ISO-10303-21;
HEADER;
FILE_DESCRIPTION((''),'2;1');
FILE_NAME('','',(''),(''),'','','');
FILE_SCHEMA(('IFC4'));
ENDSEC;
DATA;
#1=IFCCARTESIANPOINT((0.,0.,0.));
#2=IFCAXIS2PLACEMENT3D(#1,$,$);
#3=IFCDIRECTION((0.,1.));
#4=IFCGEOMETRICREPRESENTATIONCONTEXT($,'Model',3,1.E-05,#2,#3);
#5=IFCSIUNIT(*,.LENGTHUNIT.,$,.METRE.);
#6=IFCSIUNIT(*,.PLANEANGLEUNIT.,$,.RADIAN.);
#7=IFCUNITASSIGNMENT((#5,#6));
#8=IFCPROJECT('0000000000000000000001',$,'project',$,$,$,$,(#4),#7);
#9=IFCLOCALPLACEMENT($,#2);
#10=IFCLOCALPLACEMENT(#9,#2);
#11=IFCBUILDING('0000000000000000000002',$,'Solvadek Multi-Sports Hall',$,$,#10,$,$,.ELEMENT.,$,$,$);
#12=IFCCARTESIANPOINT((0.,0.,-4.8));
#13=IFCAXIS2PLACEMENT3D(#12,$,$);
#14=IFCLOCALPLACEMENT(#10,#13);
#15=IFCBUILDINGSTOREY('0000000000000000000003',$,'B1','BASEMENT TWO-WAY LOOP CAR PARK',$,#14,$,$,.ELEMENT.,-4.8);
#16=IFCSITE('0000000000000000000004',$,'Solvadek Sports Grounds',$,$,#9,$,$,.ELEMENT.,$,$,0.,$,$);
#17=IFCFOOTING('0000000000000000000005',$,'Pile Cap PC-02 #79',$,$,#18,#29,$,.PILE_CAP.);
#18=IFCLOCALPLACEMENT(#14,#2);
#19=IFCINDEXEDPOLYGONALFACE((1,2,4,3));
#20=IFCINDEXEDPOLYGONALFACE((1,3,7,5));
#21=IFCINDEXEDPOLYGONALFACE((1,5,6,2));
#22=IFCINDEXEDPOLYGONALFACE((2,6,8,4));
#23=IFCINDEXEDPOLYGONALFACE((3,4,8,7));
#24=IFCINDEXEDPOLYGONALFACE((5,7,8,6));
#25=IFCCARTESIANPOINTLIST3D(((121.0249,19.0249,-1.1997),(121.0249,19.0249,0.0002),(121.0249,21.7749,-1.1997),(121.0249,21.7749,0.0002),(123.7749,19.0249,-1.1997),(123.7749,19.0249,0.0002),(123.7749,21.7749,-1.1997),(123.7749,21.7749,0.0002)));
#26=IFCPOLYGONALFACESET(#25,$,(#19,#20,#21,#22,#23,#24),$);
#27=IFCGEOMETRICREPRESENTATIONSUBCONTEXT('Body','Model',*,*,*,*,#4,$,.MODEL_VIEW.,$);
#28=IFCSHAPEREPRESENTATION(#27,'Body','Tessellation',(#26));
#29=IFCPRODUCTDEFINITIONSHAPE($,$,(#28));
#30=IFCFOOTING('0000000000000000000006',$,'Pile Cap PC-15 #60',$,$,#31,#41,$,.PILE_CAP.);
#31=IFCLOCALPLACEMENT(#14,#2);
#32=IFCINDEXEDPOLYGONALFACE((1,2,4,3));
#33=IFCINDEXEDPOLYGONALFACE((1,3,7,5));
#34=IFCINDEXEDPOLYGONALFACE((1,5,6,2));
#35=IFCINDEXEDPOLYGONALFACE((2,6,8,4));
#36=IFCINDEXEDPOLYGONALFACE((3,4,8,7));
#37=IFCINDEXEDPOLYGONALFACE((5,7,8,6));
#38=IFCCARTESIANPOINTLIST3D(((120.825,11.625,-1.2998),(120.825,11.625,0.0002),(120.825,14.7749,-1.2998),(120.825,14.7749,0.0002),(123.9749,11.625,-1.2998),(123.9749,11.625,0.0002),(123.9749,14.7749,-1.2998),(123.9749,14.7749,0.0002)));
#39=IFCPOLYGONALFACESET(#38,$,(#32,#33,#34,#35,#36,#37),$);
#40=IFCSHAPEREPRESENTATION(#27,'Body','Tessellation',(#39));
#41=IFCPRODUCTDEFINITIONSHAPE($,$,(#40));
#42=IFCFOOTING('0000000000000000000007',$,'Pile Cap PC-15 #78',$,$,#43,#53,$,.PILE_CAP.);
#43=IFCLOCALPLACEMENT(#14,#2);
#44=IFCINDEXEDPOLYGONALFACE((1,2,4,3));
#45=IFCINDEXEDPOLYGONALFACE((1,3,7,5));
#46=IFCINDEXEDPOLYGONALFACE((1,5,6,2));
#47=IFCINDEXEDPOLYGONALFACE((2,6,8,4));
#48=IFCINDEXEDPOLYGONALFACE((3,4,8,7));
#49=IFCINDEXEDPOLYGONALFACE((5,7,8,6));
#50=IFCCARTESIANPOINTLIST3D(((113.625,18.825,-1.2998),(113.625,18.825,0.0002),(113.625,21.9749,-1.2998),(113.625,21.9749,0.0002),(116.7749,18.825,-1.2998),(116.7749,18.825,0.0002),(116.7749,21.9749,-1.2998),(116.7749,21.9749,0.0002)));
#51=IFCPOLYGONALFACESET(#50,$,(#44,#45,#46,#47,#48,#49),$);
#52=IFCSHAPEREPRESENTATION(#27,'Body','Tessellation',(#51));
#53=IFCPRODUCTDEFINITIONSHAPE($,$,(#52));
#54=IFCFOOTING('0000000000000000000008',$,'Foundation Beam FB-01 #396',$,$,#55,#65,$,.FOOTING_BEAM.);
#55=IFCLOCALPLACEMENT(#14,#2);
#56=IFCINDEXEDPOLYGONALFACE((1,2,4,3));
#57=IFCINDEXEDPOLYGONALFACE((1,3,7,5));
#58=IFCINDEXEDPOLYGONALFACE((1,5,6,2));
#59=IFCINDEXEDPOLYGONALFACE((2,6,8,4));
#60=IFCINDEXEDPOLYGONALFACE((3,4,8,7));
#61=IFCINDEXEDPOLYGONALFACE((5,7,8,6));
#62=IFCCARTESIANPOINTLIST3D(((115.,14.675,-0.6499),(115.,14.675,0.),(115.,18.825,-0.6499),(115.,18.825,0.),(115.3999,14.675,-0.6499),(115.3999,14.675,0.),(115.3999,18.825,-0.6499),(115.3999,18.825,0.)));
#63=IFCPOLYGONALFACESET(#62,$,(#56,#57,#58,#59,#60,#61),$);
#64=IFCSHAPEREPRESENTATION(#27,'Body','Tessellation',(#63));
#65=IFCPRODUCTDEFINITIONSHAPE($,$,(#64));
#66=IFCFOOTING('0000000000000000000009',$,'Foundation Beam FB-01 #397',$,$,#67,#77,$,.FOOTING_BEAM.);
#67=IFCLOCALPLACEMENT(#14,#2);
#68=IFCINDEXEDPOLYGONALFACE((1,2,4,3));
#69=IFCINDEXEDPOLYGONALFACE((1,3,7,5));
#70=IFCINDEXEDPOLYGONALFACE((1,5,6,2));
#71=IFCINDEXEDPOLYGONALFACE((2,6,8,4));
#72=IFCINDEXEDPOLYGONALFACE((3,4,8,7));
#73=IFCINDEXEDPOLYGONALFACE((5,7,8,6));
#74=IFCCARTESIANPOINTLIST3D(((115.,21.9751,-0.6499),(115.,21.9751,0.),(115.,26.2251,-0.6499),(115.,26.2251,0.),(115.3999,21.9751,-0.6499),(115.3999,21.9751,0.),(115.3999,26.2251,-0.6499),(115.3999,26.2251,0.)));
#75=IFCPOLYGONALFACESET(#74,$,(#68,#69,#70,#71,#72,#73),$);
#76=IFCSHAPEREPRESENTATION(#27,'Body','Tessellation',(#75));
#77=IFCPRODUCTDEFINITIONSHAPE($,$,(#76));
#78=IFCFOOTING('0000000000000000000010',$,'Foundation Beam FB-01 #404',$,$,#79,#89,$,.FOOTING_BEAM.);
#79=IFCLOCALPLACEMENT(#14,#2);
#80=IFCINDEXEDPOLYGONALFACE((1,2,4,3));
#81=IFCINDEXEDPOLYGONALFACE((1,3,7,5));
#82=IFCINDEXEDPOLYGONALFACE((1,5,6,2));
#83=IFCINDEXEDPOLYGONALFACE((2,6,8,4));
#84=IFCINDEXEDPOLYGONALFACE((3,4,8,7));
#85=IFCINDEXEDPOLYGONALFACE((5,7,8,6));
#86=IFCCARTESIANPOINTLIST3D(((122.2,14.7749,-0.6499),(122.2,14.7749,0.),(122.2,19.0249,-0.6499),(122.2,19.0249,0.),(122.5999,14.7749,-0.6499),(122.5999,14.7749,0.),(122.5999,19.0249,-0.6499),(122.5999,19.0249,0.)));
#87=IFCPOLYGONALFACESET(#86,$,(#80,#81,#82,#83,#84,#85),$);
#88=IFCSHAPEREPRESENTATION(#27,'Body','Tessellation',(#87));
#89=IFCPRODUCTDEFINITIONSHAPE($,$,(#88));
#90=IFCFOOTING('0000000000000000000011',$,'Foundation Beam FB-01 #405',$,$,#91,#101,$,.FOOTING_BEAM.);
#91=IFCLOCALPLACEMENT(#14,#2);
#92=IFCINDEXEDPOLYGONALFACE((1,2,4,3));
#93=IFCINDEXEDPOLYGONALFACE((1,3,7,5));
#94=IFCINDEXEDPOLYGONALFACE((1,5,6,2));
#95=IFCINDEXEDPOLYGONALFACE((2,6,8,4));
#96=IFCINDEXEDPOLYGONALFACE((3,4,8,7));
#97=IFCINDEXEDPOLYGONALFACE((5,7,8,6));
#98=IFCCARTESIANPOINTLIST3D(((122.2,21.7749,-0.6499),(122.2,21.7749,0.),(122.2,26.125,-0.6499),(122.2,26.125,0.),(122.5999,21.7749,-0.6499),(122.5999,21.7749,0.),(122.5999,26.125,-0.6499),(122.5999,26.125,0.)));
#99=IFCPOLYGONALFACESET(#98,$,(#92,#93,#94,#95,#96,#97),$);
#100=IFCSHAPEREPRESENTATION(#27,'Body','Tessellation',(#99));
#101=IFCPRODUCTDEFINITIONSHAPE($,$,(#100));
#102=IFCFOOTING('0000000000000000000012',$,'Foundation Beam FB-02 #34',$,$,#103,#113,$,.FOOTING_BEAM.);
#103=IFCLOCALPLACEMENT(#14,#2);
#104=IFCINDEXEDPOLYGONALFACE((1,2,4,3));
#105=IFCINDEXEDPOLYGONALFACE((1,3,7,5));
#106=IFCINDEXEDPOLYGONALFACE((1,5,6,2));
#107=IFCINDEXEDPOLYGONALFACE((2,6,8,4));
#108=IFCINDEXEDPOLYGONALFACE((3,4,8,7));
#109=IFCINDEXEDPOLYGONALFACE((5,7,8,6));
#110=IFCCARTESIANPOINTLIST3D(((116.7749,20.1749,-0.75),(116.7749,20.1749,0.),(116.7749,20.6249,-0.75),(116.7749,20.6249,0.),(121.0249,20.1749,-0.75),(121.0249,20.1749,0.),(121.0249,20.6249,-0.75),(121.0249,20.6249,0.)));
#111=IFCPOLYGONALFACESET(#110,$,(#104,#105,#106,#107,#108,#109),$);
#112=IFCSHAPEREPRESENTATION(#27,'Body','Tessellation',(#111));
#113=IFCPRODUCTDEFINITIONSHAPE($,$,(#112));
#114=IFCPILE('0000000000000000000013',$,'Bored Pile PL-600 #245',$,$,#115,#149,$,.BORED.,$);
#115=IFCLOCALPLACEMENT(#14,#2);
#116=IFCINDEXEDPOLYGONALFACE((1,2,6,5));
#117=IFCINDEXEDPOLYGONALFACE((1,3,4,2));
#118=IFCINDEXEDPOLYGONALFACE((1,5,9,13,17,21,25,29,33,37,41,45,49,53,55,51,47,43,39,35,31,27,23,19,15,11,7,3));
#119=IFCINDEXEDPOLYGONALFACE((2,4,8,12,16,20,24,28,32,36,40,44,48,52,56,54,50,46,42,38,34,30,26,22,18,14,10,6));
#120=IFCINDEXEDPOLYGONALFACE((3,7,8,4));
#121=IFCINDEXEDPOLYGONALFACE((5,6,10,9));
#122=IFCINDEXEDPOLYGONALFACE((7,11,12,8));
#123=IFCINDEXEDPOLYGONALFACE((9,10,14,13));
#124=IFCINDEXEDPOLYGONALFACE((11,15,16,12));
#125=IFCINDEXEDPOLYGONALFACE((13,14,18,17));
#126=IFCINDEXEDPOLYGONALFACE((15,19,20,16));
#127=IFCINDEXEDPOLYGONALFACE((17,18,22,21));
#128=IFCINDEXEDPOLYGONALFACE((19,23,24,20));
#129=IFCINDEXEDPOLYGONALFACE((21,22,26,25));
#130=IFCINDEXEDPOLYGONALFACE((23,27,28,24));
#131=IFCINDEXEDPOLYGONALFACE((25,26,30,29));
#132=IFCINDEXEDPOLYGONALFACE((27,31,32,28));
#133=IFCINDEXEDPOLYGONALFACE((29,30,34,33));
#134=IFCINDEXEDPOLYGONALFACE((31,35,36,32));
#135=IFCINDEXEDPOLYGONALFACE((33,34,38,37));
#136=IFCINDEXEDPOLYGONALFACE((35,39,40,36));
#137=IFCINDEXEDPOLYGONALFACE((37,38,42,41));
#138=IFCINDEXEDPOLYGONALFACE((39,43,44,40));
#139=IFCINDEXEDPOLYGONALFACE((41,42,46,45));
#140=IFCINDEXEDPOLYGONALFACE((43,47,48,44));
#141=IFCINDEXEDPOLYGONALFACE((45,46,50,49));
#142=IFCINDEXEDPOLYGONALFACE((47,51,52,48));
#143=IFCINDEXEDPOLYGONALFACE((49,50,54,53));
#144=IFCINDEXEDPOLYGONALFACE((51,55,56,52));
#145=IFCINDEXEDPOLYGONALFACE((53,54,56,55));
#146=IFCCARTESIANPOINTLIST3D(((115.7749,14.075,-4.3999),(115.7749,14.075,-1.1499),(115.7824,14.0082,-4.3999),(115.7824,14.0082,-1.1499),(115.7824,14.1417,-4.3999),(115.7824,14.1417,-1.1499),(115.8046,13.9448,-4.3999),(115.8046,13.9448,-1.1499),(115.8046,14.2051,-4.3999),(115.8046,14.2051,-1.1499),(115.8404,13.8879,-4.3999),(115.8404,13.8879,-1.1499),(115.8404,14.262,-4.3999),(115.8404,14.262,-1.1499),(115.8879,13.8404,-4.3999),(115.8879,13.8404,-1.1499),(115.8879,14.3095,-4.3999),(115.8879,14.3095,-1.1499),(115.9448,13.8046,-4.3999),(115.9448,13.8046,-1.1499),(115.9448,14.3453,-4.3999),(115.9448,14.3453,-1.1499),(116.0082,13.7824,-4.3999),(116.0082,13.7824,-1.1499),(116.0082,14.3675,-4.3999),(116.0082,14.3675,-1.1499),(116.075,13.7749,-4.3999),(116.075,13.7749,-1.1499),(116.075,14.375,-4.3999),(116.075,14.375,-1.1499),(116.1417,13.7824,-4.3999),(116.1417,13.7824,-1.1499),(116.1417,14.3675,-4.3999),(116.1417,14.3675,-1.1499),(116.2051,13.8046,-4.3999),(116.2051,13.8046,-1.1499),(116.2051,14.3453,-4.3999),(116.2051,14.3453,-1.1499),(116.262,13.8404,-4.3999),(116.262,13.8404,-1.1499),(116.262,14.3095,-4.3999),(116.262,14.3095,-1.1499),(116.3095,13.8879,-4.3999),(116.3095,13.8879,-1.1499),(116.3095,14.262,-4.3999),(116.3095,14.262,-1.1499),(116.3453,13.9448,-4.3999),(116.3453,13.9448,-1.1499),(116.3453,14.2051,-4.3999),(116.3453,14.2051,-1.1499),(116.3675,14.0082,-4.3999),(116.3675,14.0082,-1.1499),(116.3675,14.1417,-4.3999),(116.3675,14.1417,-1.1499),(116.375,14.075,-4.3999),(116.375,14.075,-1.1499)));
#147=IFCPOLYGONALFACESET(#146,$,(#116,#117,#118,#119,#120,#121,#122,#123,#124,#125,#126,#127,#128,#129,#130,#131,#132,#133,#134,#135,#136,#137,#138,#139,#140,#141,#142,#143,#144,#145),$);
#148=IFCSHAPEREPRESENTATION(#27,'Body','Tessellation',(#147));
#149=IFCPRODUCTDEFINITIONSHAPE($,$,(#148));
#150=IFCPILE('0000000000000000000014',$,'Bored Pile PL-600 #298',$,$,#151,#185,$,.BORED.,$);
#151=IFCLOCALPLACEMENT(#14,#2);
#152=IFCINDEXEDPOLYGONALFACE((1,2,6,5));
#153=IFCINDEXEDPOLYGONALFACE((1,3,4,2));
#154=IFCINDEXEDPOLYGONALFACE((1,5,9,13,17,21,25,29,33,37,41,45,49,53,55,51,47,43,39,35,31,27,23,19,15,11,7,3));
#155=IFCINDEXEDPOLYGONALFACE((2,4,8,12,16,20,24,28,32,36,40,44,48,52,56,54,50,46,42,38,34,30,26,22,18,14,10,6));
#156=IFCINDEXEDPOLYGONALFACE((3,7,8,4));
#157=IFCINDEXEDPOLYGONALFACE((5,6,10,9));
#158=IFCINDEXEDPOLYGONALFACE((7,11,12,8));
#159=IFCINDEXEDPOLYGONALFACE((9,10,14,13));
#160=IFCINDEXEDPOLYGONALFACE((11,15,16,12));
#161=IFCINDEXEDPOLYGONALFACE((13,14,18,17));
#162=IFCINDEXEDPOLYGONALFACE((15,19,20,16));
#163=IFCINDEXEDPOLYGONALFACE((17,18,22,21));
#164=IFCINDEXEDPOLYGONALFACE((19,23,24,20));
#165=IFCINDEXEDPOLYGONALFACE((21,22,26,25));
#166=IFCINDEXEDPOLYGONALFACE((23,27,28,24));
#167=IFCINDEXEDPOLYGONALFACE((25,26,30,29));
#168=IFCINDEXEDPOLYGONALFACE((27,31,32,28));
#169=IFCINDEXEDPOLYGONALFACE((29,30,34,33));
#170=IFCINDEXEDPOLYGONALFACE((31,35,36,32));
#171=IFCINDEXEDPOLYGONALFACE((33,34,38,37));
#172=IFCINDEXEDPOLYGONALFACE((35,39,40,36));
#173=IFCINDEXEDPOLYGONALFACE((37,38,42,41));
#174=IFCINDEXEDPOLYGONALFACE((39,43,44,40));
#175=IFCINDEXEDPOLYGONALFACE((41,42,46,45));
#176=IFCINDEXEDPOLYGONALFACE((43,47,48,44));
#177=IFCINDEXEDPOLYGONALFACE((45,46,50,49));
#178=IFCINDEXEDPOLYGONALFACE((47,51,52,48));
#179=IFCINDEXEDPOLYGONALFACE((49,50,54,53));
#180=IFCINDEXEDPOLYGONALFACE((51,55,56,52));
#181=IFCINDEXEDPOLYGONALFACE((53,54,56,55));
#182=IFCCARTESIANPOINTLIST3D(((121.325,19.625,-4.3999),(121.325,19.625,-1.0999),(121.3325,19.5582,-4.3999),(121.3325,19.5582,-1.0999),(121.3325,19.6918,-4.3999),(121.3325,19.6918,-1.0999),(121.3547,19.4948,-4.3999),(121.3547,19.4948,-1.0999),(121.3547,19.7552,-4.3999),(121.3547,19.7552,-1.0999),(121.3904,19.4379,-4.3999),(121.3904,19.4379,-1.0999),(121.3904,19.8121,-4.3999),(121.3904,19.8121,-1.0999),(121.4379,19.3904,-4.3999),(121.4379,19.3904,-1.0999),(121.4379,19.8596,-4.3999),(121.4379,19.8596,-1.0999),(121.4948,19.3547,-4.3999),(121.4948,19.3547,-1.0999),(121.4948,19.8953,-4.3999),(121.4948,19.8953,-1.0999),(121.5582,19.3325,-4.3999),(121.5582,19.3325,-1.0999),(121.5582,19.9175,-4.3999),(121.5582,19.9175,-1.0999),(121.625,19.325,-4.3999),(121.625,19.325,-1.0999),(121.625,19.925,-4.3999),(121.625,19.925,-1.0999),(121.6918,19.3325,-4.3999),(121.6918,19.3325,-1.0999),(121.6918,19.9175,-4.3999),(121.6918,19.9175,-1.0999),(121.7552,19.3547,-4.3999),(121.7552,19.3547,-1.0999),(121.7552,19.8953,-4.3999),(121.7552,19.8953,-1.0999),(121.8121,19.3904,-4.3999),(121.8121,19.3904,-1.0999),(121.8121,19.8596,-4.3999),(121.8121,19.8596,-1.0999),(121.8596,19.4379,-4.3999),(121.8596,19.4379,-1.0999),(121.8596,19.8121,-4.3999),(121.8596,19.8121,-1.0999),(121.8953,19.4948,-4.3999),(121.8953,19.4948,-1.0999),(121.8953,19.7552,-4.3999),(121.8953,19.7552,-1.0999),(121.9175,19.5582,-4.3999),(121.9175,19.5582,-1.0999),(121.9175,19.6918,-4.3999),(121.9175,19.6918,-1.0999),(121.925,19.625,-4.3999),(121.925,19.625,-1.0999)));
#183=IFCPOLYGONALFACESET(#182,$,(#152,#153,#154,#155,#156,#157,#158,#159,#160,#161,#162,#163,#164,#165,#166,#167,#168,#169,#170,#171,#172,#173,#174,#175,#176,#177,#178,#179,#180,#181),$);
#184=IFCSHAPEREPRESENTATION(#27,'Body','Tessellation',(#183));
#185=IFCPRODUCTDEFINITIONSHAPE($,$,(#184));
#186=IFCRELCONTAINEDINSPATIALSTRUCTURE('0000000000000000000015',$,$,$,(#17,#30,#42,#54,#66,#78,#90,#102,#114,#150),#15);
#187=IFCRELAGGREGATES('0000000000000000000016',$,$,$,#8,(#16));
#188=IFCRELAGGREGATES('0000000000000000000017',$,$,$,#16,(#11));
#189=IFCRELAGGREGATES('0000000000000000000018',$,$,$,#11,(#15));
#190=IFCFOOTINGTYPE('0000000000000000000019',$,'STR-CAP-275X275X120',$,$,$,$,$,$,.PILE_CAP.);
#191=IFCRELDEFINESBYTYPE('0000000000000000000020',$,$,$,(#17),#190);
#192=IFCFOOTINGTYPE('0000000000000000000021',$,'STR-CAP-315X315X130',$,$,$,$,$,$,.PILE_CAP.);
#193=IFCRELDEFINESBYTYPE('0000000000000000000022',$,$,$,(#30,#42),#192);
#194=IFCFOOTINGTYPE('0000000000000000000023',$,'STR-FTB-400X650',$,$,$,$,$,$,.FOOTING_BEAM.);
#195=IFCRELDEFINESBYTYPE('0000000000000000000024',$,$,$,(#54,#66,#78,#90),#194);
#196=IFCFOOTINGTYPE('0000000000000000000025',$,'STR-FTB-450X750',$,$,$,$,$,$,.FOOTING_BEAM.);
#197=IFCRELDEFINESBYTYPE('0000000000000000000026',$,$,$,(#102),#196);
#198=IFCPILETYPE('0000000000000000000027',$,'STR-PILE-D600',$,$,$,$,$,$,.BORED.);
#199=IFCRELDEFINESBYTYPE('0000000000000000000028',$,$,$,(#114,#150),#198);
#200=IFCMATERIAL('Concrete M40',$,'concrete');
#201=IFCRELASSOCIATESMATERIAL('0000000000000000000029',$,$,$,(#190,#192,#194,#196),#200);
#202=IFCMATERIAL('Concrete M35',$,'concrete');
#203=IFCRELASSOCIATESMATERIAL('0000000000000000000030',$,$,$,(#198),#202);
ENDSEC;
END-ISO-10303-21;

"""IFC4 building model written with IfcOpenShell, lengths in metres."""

from ifc_helpers import new_model, si_unit, direction, frame, origin, origin_2d, place, context, subcontext, project, spatial, rectangle, circle, extrude, material, material_profile, profile_set, type_object, element, save


model = new_model("IFC4")

# Units and contexts
model_context = context("Model", 3, precision=1e-05, world=origin(), true_north=direction((0.0, 1.0)))
body_context = subcontext(model_context, "Body", "Model", "MODEL_VIEW")
ifc_project = project(units=[si_unit("LENGTHUNIT", "METRE"), si_unit("PLANEANGLEUNIT", "RADIAN")], contexts=[model_context])

# Site, building, storey
site_placement = place(None, origin())
site = spatial("IfcSite", under=ifc_project, at=site_placement, Name="Solvadek Sports Grounds", CompositionType="ELEMENT", RefElevation=0.0)
building_placement = place(site_placement, origin())
building = spatial("IfcBuilding", under=site, at=building_placement, Name="Solvadek Multi-Sports Hall", CompositionType="ELEMENT")
storey_placement = place(building_placement, frame((0.0, 0.0, -4.8)))
storey = spatial("IfcBuildingStorey", under=building, at=storey_placement, Name="B1", Description="BASEMENT TWO-WAY LOOP CAR PARK", CompositionType="ELEMENT", Elevation=-4.8)

# Footings
ifc_material_1 = material(Name="Concrete M40", Category="concrete")
footing_type_1 = type_object("IfcFootingType", Name="STR-CAP-275X275X120", PredefinedType="PILE_CAP", material=ifc_material_1)
footing_1_placement = place(storey_placement, frame((122.3999, 20.3999, -1.1997), z_axis=(0.0, 0.0, 1.0), x_axis=(1.0, 0.0, 0.0)))
element("IfcFooting", 1, at=footing_1_placement, inside=storey, type_object=footing_type_1, Name="Pile Cap PC-02 #79", PredefinedType="PILE_CAP", context=body_context, shape_type="SweptSolid", body=[
    extrude(rectangle(XDim=2.75, YDim=2.75, at=origin_2d()), origin(), (0.0, 0.0, 1.0), 1.2),
])
footing_type_2 = type_object("IfcFootingType", Name="STR-CAP-315X315X130", PredefinedType="PILE_CAP", material=ifc_material_1)
for number, where, z_axis, x_axis, name in (
    (2, (122.3999, 13.2, -1.2998), (0.0, 0.0, 1.0), (1.0, 0.0, 0.0), "Pile Cap PC-15 #60"),
    (3, (115.2, 20.3999, -1.2998), (0.0, 0.0, 1.0), (1.0, 0.0, 0.0), "Pile Cap PC-15 #78"),
):
    element("IfcFooting", number, at=place(storey_placement, frame(where, z_axis=z_axis, x_axis=x_axis)), inside=storey, type_object=footing_type_2, Name=name, PredefinedType="PILE_CAP", context=body_context, shape_type="SweptSolid", body=[
        extrude(rectangle(XDim=3.1499, YDim=3.1499, at=origin_2d()), origin(), (0.0, 0.0, 1.0), 1.3),
    ])
footing_type_3 = type_object("IfcFootingType", Name="STR-FTB-400X650", PredefinedType="FOOTING_BEAM", material=ifc_material_1)
footing_2_placement = place(storey_placement, frame((115.2, 16.75, -0.6499), z_axis=(0.0, 0.0, 1.0), x_axis=(0.0, 1.0, 0.0)))
element("IfcFooting", 4, at=footing_2_placement, inside=storey, type_object=footing_type_3, Name="Foundation Beam FB-01 #396", PredefinedType="FOOTING_BEAM", context=body_context, shape_type="SweptSolid", body=[
    extrude(rectangle(XDim=4.1499, YDim=0.3999, at=origin_2d()), origin(), (0.0, 0.0, 1.0), 0.6499),
])
for number, where, z_axis, x_axis, name in (
    (5, (115.2, 24.1001, -0.6499), (0.0, 0.0, 1.0), (0.0, 1.0, 0.0), "Foundation Beam FB-01 #397"),
    (6, (122.3999, 16.8999, -0.6499), (0.0, 0.0, 1.0), (0.0, 1.0, 0.0), "Foundation Beam FB-01 #404"),
):
    element("IfcFooting", number, at=place(storey_placement, frame(where, z_axis=z_axis, x_axis=x_axis)), inside=storey, type_object=footing_type_3, Name=name, PredefinedType="FOOTING_BEAM", context=body_context, shape_type="SweptSolid", body=[
        extrude(rectangle(XDim=4.25, YDim=0.3999, at=origin_2d()), origin(), (0.0, 0.0, 1.0), 0.6499),
    ])
footing_3_placement = place(storey_placement, frame((122.3999, 23.95, -0.6499), z_axis=(0.0, 0.0, 1.0), x_axis=(0.0, 1.0, 0.0)))
element("IfcFooting", 7, at=footing_3_placement, inside=storey, type_object=footing_type_3, Name="Foundation Beam FB-01 #405", PredefinedType="FOOTING_BEAM", context=body_context, shape_type="SweptSolid", body=[
    extrude(rectangle(XDim=4.3501, YDim=0.3999, at=origin_2d()), origin(), (0.0, 0.0, 1.0), 0.6499),
])
footing_type_4 = type_object("IfcFootingType", Name="STR-FTB-450X750", PredefinedType="FOOTING_BEAM", material=ifc_material_1)
footing_4_placement = place(storey_placement, frame((118.8999, 20.3999, -0.75), z_axis=(0.0, 0.0, 1.0), x_axis=(1.0, 0.0, 0.0)))
element("IfcFooting", 8, at=footing_4_placement, inside=storey, type_object=footing_type_4, Name="Foundation Beam FB-02 #34", PredefinedType="FOOTING_BEAM", context=body_context, shape_type="SweptSolid", body=[
    extrude(rectangle(XDim=4.25, YDim=0.45, at=origin_2d()), origin(), (0.0, 0.0, 1.0), 0.75),
])

# Piles
ifc_material_2 = material(Name="Concrete M35", Category="concrete")
ifc_material_profile_1 = material_profile(ifc_material_2, circle(Radius=0.3, at=origin_2d()), Name="BORED PILE D600")
ifc_profile_set_1 = profile_set([ifc_material_profile_1], Name="Concrete M35")
pile_type_1 = type_object("IfcPileType", Name="STR-PILE-D600", PredefinedType="BORED", material=ifc_profile_set_1)
pile_1_placement = place(storey_placement, frame((116.075, 14.075, -1.1499), z_axis=(0.0, 0.0, -1.0), x_axis=(1.0, 0.0, 0.0)))
element("IfcPile", 9, at=pile_1_placement, inside=storey, type_object=pile_type_1, Name="Bored Pile PL-600 #245", PredefinedType="BORED", context=body_context, shape_type="SweptSolid", body=[
    extrude(circle(Radius=0.3, at=origin_2d()), origin(), (0.0, 0.0, 1.0), 3.25),
])
pile_2_placement = place(storey_placement, frame((121.625, 19.625, -1.0999), z_axis=(0.0, 0.0, -1.0), x_axis=(1.0, 0.0, 0.0)))
element("IfcPile", 10, at=pile_2_placement, inside=storey, type_object=pile_type_1, Name="Bored Pile PL-600 #298", PredefinedType="BORED", context=body_context, shape_type="SweptSolid", body=[
    extrude(circle(Radius=0.3, at=origin_2d()), origin(), (0.0, 0.0, 1.0), 3.3),
])

save(model, "model.ifc")
